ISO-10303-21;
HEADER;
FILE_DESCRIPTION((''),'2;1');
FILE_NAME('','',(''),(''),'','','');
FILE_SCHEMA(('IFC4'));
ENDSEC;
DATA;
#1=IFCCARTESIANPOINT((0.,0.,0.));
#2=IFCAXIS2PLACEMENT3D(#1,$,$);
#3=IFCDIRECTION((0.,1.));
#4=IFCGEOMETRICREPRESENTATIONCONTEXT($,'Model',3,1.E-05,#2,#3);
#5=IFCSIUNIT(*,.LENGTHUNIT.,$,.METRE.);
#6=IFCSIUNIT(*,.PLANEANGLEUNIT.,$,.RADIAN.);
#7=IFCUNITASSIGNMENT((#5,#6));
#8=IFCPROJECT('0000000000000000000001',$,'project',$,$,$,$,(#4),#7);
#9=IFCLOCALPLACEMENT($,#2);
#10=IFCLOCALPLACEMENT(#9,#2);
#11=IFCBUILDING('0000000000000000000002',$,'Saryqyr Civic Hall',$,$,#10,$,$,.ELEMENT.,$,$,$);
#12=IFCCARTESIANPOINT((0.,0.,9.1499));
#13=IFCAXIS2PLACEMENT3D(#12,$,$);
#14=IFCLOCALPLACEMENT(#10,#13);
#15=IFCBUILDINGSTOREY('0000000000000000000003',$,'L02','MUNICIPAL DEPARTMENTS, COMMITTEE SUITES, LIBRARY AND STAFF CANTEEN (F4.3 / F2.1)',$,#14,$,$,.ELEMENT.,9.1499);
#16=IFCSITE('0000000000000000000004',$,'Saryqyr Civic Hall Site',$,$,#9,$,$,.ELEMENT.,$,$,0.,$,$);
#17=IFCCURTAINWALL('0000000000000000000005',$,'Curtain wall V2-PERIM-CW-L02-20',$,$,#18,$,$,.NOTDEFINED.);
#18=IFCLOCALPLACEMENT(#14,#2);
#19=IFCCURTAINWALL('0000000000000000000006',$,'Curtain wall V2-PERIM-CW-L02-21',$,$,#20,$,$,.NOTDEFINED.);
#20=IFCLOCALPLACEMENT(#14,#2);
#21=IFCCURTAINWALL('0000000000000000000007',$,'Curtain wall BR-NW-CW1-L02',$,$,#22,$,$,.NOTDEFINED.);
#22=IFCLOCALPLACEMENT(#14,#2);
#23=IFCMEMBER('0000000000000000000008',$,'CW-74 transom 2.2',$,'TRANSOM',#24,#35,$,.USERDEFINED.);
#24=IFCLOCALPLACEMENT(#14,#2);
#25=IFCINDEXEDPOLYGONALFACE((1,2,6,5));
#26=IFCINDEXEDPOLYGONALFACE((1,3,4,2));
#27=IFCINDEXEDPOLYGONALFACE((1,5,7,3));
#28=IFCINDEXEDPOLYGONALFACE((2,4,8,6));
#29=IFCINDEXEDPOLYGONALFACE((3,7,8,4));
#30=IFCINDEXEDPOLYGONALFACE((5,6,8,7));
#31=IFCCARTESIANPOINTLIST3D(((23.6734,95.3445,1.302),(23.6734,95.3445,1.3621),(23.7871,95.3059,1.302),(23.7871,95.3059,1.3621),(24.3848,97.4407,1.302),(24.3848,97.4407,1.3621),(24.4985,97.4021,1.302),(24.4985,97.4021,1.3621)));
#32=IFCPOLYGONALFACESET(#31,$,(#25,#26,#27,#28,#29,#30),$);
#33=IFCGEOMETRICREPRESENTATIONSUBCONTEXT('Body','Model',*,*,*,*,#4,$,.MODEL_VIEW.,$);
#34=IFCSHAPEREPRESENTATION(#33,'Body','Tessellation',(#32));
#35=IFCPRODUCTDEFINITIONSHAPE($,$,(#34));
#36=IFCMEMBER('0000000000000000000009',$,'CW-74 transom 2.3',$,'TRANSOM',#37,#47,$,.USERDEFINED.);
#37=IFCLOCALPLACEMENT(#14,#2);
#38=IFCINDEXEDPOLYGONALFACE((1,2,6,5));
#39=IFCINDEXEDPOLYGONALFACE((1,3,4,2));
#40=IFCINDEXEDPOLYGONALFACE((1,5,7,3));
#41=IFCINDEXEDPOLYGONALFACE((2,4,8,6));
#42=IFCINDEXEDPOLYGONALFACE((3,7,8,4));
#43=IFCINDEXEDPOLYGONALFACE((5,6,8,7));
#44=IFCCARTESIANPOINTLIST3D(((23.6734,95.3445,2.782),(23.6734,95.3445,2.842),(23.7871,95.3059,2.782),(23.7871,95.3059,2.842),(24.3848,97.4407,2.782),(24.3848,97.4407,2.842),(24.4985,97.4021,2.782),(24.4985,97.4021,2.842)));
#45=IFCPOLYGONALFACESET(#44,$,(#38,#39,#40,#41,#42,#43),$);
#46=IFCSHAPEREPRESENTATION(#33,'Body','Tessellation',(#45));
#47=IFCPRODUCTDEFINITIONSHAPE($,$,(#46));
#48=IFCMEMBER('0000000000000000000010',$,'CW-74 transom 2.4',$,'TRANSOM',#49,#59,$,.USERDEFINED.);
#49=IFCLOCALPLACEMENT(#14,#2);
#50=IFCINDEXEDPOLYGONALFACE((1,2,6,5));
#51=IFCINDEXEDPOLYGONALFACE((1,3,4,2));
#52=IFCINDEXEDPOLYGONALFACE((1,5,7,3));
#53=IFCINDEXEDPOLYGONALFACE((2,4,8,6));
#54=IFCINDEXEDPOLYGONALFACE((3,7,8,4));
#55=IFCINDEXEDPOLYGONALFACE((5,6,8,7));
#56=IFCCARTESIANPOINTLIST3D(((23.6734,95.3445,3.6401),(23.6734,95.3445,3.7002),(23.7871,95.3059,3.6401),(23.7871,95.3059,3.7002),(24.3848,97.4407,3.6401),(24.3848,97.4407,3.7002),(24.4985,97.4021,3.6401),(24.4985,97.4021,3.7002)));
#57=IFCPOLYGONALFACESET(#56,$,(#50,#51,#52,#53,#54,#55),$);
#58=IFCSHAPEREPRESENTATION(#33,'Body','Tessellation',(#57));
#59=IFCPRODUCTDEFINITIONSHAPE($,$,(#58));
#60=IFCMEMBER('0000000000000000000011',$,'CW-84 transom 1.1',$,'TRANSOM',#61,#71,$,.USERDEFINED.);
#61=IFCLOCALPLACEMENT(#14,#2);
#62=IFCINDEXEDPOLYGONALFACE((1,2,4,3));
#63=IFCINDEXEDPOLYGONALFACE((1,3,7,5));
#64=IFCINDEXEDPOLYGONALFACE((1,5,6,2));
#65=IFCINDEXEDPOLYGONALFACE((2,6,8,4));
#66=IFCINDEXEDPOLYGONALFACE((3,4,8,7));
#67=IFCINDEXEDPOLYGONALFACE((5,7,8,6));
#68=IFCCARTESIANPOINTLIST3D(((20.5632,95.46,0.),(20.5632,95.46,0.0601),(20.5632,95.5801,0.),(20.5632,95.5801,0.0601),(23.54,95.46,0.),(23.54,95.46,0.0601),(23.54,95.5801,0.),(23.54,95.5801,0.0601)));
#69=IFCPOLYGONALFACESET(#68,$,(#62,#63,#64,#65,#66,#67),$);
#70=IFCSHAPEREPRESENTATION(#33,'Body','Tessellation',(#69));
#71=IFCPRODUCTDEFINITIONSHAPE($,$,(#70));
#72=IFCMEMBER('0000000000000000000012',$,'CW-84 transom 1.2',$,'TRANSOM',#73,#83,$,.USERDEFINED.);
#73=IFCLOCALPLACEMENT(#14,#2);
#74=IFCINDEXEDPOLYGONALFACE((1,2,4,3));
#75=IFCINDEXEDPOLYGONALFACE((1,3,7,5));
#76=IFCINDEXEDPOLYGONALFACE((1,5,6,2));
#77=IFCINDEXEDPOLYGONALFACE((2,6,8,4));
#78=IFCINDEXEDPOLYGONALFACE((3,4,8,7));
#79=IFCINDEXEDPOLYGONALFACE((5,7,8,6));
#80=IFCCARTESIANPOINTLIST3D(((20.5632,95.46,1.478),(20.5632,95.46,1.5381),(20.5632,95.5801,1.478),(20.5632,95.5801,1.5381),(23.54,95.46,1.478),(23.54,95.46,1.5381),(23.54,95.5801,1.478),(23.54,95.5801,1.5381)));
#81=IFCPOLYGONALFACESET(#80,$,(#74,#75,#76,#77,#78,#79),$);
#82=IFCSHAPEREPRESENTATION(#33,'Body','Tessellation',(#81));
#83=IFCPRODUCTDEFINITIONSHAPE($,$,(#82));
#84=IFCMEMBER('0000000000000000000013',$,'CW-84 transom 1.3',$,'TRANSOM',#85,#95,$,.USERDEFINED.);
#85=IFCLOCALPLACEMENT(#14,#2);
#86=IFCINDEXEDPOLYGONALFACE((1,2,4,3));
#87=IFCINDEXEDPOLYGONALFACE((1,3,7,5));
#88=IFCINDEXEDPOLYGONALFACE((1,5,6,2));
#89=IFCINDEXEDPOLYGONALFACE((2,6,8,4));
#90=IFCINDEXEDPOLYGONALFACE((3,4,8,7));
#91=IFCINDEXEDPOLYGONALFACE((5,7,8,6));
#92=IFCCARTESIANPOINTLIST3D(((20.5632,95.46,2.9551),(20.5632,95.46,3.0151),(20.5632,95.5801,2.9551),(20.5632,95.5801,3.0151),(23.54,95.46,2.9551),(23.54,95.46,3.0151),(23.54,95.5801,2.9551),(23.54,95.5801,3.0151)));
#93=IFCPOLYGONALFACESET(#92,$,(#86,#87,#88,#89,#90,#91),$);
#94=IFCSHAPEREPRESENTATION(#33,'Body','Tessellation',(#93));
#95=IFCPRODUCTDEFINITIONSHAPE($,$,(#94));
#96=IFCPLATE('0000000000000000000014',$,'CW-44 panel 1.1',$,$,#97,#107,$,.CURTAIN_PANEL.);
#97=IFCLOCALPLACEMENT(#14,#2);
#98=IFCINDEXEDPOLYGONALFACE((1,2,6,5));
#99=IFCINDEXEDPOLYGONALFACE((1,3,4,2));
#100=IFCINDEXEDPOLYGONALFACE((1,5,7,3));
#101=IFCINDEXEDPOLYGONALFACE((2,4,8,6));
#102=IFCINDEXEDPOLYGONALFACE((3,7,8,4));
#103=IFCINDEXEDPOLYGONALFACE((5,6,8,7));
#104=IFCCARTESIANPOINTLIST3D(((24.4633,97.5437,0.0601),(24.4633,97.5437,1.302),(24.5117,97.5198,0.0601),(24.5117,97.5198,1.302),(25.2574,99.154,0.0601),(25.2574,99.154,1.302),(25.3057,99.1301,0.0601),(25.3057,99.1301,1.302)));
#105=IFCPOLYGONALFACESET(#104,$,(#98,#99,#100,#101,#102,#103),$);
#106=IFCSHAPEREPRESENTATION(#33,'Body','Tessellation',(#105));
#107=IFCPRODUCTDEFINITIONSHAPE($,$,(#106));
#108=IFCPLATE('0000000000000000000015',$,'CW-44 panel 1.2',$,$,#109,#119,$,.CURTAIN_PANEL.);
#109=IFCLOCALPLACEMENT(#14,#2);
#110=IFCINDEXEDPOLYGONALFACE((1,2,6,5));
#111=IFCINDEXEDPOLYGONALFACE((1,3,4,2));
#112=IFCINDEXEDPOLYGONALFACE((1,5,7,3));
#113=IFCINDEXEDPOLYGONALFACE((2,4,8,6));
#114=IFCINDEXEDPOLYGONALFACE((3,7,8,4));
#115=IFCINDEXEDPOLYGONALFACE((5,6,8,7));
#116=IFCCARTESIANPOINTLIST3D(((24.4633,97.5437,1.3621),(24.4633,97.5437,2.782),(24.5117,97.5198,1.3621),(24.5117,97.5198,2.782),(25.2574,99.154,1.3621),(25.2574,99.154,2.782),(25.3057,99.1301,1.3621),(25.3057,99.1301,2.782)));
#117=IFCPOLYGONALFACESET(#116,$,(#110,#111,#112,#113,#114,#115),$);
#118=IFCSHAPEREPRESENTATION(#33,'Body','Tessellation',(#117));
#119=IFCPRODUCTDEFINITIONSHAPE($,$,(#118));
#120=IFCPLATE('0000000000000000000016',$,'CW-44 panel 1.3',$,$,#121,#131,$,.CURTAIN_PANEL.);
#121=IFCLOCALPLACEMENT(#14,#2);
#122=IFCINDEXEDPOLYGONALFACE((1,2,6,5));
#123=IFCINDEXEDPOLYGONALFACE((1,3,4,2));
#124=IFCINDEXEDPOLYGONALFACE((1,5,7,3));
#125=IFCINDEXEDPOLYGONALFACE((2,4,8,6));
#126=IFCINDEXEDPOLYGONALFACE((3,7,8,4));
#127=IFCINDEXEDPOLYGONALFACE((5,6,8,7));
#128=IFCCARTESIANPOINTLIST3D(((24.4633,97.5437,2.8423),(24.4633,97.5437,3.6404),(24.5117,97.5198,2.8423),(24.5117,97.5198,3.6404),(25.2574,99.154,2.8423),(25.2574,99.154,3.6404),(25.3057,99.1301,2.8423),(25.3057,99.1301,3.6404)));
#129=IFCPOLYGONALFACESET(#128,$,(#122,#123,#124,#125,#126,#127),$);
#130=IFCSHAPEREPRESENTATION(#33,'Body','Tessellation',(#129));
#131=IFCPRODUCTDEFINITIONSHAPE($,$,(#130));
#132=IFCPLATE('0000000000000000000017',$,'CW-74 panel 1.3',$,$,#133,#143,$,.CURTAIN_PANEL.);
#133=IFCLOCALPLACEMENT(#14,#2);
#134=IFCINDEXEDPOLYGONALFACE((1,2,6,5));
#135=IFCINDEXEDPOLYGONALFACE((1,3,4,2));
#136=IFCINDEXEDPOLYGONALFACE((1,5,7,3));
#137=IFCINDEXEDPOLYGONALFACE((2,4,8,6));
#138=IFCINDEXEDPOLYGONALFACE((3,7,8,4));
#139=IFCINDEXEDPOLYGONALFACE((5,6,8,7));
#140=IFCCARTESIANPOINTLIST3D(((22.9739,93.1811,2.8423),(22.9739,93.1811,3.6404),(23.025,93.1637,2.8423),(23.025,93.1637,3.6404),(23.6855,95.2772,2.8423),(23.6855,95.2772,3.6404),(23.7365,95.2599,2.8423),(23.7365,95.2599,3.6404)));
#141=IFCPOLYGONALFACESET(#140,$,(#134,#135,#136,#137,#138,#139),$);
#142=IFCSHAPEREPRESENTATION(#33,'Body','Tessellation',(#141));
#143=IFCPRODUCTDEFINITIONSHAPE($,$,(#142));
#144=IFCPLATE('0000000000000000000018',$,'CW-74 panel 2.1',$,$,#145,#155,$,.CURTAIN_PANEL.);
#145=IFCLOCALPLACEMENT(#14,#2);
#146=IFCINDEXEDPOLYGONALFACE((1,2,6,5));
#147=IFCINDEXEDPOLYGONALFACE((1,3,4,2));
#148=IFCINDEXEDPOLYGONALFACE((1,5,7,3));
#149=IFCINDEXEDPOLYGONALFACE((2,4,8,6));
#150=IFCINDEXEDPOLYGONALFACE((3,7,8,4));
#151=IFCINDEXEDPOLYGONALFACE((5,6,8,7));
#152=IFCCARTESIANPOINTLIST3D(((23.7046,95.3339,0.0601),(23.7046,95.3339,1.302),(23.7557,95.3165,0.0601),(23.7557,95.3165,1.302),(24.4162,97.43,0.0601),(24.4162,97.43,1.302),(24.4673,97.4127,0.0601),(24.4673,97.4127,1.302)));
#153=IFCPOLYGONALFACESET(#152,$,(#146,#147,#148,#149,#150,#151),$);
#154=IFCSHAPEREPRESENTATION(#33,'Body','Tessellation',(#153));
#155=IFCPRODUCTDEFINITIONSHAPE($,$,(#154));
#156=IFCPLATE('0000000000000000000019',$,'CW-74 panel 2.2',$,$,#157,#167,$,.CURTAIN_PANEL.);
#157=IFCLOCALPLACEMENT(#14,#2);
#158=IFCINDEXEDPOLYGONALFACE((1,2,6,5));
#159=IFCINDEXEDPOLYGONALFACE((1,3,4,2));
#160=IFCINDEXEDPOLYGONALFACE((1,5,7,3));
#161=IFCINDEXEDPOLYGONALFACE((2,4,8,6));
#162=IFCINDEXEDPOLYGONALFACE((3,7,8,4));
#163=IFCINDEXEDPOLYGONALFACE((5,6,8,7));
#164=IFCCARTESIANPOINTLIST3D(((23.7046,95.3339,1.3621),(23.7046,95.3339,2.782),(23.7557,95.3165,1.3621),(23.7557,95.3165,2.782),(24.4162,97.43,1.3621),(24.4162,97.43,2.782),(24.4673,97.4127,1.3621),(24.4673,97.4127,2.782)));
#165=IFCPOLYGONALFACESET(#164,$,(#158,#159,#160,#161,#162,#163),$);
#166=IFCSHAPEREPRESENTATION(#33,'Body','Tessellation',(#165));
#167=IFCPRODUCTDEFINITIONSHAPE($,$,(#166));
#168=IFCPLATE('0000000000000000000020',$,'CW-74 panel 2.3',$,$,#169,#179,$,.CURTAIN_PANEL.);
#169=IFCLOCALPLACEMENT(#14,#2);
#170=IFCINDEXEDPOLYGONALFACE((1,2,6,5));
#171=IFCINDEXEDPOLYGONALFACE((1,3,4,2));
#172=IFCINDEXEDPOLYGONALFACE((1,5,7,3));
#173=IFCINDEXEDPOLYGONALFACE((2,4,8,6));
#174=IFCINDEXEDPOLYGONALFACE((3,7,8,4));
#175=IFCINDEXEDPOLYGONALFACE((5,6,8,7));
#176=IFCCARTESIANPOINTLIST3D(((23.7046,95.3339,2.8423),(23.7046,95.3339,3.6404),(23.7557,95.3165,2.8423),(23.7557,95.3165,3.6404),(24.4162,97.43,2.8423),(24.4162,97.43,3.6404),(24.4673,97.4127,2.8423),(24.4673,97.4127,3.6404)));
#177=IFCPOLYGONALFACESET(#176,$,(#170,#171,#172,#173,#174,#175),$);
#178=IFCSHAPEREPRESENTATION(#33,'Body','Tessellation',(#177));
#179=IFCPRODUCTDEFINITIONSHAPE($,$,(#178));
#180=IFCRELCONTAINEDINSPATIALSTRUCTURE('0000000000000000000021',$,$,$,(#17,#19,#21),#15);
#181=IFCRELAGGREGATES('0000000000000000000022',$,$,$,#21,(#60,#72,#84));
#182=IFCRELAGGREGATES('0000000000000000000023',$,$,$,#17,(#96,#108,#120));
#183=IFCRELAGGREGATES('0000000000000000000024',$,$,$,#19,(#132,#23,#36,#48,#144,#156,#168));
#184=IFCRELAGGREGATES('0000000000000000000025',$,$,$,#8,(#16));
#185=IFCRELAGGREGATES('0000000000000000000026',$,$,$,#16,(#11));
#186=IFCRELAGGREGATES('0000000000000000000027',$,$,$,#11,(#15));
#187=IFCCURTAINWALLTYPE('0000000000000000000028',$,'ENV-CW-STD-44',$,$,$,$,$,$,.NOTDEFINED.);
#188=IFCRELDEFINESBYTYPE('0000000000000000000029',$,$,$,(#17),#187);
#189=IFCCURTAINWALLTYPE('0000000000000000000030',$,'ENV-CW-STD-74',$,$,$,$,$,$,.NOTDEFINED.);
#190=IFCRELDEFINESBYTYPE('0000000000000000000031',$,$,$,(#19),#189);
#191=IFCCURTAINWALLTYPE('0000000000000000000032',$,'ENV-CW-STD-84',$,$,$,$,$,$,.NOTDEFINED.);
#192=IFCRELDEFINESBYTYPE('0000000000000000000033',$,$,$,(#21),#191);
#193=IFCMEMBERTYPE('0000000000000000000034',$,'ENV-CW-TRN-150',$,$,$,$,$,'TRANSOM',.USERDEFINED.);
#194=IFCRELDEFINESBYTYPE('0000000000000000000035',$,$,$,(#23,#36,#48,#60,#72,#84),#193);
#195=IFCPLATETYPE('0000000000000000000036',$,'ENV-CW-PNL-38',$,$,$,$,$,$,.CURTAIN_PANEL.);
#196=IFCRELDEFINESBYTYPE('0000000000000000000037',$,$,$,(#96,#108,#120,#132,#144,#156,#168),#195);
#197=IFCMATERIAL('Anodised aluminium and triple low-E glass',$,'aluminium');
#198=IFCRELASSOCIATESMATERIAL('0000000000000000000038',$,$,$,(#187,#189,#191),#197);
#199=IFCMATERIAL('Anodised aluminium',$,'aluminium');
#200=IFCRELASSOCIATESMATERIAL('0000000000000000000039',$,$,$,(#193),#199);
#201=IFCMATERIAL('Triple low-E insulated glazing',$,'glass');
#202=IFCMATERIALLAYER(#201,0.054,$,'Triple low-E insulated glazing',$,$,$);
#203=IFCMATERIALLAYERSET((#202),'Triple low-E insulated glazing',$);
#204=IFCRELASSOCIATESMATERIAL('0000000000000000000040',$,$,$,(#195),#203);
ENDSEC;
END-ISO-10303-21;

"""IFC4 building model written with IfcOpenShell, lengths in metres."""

from ifc_helpers import new_model, si_unit, direction, frame, origin, origin_2d, place, context, subcontext, project, spatial, rectangle, extrude, material, layer, layer_set, material_profile, profile_set, type_object, element, aggregate, save


model = new_model("IFC4")

# Units and contexts
model_context = context("Model", 3, precision=1e-05, world=origin(), true_north=direction((0.0, 1.0)))
body_context = subcontext(model_context, "Body", "Model", "MODEL_VIEW")
ifc_project = project(units=[si_unit("LENGTHUNIT", "METRE"), si_unit("PLANEANGLEUNIT", "RADIAN")], contexts=[model_context])

# Site, building, storey
site_placement = place(None, origin())
site = spatial("IfcSite", under=ifc_project, at=site_placement, Name="Saryqyr Civic Hall Site", CompositionType="ELEMENT", RefElevation=0.0)
building_placement = place(site_placement, origin())
building = spatial("IfcBuilding", under=site, at=building_placement, Name="Saryqyr Civic Hall", CompositionType="ELEMENT")
storey_placement = place(building_placement, frame((0.0, 0.0, 9.1499)))
storey = spatial("IfcBuildingStorey", under=building, at=storey_placement, Name="L02", Description="MUNICIPAL DEPARTMENTS, COMMITTEE SUITES, LIBRARY AND STAFF CANTEEN (F4.3 / F2.1)", CompositionType="ELEMENT", Elevation=9.1499)

# Curtain walls
ifc_material_1 = material(Name="Anodised aluminium and triple low-E glass", Category="aluminium")
curtain_wall_type_1 = type_object("IfcCurtainWallType", Name="ENV-CW-STD-44", PredefinedType="NOTDEFINED", material=ifc_material_1)
curtain_wall_1_placement = place(storey_placement, origin())
curtain_wall_1 = element("IfcCurtainWall", 1, at=curtain_wall_1_placement, inside=storey, type_object=curtain_wall_type_1, Name="Curtain wall V2-PERIM-CW-L02-20", PredefinedType="NOTDEFINED")
ifc_material_2 = material(Name="Anodised aluminium", Category="aluminium")
curtain_wall_type_2 = type_object("IfcCurtainWallType", Name="ENV-CW-STD-74", PredefinedType="NOTDEFINED", material=ifc_material_1)
curtain_wall_2_placement = place(storey_placement, origin())
curtain_wall_2 = element("IfcCurtainWall", 2, at=curtain_wall_2_placement, inside=storey, type_object=curtain_wall_type_2, Name="Curtain wall V2-PERIM-CW-L02-21", PredefinedType="NOTDEFINED")

# Curtain wall
curtain_wall_type_3 = type_object("IfcCurtainWallType", Name="ENV-CW-STD-84", PredefinedType="NOTDEFINED", material=ifc_material_1)
curtain_wall_3_placement = place(storey_placement, origin())
curtain_wall_3 = element("IfcCurtainWall", 3, at=curtain_wall_3_placement, inside=storey, type_object=curtain_wall_type_3, Name="Curtain wall BR-NW-CW1-L02", PredefinedType="NOTDEFINED")

# Members
ifc_material_profile_1 = material_profile(ifc_material_2, rectangle(XDim=0.1201, YDim=0.0601, at=origin_2d()), Name="ALU TRANSOM 120x60")
ifc_profile_set_1 = profile_set([ifc_material_profile_1], Name="Anodised aluminium")
member_type_1 = type_object("IfcMemberType", Name="ENV-CW-TRN-150", ElementType="TRANSOM", PredefinedType="USERDEFINED", material=ifc_profile_set_1)
member_1_placement = place(storey_placement, frame((23.7302, 95.3252, 1.332), z_axis=(0.321385, 0.946949, 0.0), x_axis=(-0.946949, 0.321385, 0.0)))
member_1 = element("IfcMember", 4, at=member_1_placement, type_object=member_type_1, Name="CW-74 transom 2.2", ObjectType="TRANSOM", PredefinedType="USERDEFINED", context=body_context, shape_type="SweptSolid", body=[
    extrude(rectangle(XDim=0.1201, YDim=0.0601, at=origin_2d()), origin(), (0.0, 0.0, 1.0), 2.2136),
])
member_2_placement = place(storey_placement, frame((23.7302, 95.3252, 2.812), z_axis=(0.321385, 0.946949, 0.0), x_axis=(-0.946949, 0.321385, 0.0)))
member_2 = element("IfcMember", 5, at=member_2_placement, type_object=member_type_1, Name="CW-74 transom 2.3", ObjectType="TRANSOM", PredefinedType="USERDEFINED", context=body_context, shape_type="SweptSolid", body=[
    extrude(rectangle(XDim=0.1201, YDim=0.0601, at=origin_2d()), origin(), (0.0, 0.0, 1.0), 2.2136),
])
member_3_placement = place(storey_placement, frame((23.7302, 95.3252, 3.6702), z_axis=(0.321385, 0.946949, 0.0), x_axis=(-0.946949, 0.321385, 0.0)))
member_3 = element("IfcMember", 6, at=member_3_placement, type_object=member_type_1, Name="CW-74 transom 2.4", ObjectType="TRANSOM", PredefinedType="USERDEFINED", context=body_context, shape_type="SweptSolid", body=[
    extrude(rectangle(XDim=0.1201, YDim=0.0601, at=origin_2d()), origin(), (0.0, 0.0, 1.0), 2.2136),
])
member_4_placement = place(storey_placement, frame((23.54, 95.52, 0.03), z_axis=(-1.0, 0.0, 0.0), x_axis=(0.0, -1.0, 0.0)))
member_4 = element("IfcMember", 7, at=member_4_placement, type_object=member_type_1, Name="CW-84 transom 1.1", ObjectType="TRANSOM", PredefinedType="USERDEFINED", context=body_context, shape_type="SweptSolid", body=[
    extrude(rectangle(XDim=0.1201, YDim=0.0601, at=origin_2d()), origin(), (0.0, 0.0, 1.0), 2.9768),
])
member_5_placement = place(storey_placement, frame((23.54, 95.52, 1.5081), z_axis=(-1.0, 0.0, 0.0), x_axis=(0.0, -1.0, 0.0)))
member_5 = element("IfcMember", 8, at=member_5_placement, type_object=member_type_1, Name="CW-84 transom 1.2", ObjectType="TRANSOM", PredefinedType="USERDEFINED", context=body_context, shape_type="SweptSolid", body=[
    extrude(rectangle(XDim=0.1201, YDim=0.0601, at=origin_2d()), origin(), (0.0, 0.0, 1.0), 2.9768),
])
member_6_placement = place(storey_placement, frame((23.54, 95.52, 2.9851), z_axis=(-1.0, 0.0, 0.0), x_axis=(0.0, -1.0, 0.0)))
member_6 = element("IfcMember", 9, at=member_6_placement, type_object=member_type_1, Name="CW-84 transom 1.3", ObjectType="TRANSOM", PredefinedType="USERDEFINED", context=body_context, shape_type="SweptSolid", body=[
    extrude(rectangle(XDim=0.1201, YDim=0.0601, at=origin_2d()), origin(), (0.0, 0.0, 1.0), 2.9768),
])
aggregate(curtain_wall_3, [member_4, member_5, member_6])

# Plates
ifc_material_3 = material(Name="Triple low-E insulated glazing", Category="glass")
ifc_layer_1 = layer(ifc_material_3, 0.054, Name="Triple low-E insulated glazing")
ifc_layer_set_1 = layer_set([ifc_layer_1], Name="Triple low-E insulated glazing")
plate_type = type_object("IfcPlateType", Name="ENV-CW-PNL-38", PredefinedType="CURTAIN_PANEL", material=ifc_layer_set_1)
plate_1_placement = place(storey_placement, frame((24.8845, 98.3369, 0.0601), z_axis=(0.0, 0.0, 1.0), x_axis=(0.442274, 0.89688, 0.0)))
plate_1 = element("IfcPlate", 10, at=plate_1_placement, type_object=plate_type, Name="CW-44 panel 1.1", PredefinedType="CURTAIN_PANEL", context=body_context, shape_type="SweptSolid", body=[
    extrude(rectangle(XDim=1.7954, YDim=0.054, at=origin_2d()), origin(), (0.0, 0.0, 1.0), 1.2419),
])
plate_2_placement = place(storey_placement, frame((24.8845, 98.3369, 1.3621), z_axis=(0.0, 0.0, 1.0), x_axis=(0.442274, 0.89688, 0.0)))
plate_2 = element("IfcPlate", 11, at=plate_2_placement, type_object=plate_type, Name="CW-44 panel 1.2", PredefinedType="CURTAIN_PANEL", context=body_context, shape_type="SweptSolid", body=[
    extrude(rectangle(XDim=1.7954, YDim=0.054, at=origin_2d()), origin(), (0.0, 0.0, 1.0), 1.4199),
])
plate_3_placement = place(storey_placement, frame((24.8845, 98.3369, 2.8423), z_axis=(0.0, 0.0, 1.0), x_axis=(0.442274, 0.89688, 0.0)))
plate_3 = element("IfcPlate", 12, at=plate_3_placement, type_object=plate_type, Name="CW-44 panel 1.3", PredefinedType="CURTAIN_PANEL", context=body_context, shape_type="SweptSolid", body=[
    extrude(rectangle(XDim=1.7954, YDim=0.054, at=origin_2d()), origin(), (0.0, 0.0, 1.0), 0.7981),
])
aggregate(curtain_wall_1, [plate_1, plate_2, plate_3])
plate_4_placement = place(storey_placement, frame((23.3552, 94.2205, 2.8423), z_axis=(0.0, 0.0, 1.0), x_axis=(0.321445, 0.946928, 0.0)))
plate_4 = element("IfcPlate", 13, at=plate_4_placement, type_object=plate_type, Name="CW-74 panel 1.3", PredefinedType="CURTAIN_PANEL", context=body_context, shape_type="SweptSolid", body=[
    extrude(rectangle(XDim=2.2136, YDim=0.054, at=origin_2d()), origin(), (0.0, 0.0, 1.0), 0.7981),
])
plate_5_placement = place(storey_placement, frame((24.0859, 96.3733, 0.0601), z_axis=(0.0, 0.0, 1.0), x_axis=(0.321445, 0.946928, 0.0)))
plate_5 = element("IfcPlate", 14, at=plate_5_placement, type_object=plate_type, Name="CW-74 panel 2.1", PredefinedType="CURTAIN_PANEL", context=body_context, shape_type="SweptSolid", body=[
    extrude(rectangle(XDim=2.2136, YDim=0.054, at=origin_2d()), origin(), (0.0, 0.0, 1.0), 1.2419),
])
plate_6_placement = place(storey_placement, frame((24.0859, 96.3733, 1.3621), z_axis=(0.0, 0.0, 1.0), x_axis=(0.321445, 0.946928, 0.0)))
plate_6 = element("IfcPlate", 15, at=plate_6_placement, type_object=plate_type, Name="CW-74 panel 2.2", PredefinedType="CURTAIN_PANEL", context=body_context, shape_type="SweptSolid", body=[
    extrude(rectangle(XDim=2.2136, YDim=0.054, at=origin_2d()), origin(), (0.0, 0.0, 1.0), 1.4199),
])
plate_7_placement = place(storey_placement, frame((24.0859, 96.3733, 2.8423), z_axis=(0.0, 0.0, 1.0), x_axis=(0.321445, 0.946928, 0.0)))
plate_7 = element("IfcPlate", 16, at=plate_7_placement, type_object=plate_type, Name="CW-74 panel 2.3", PredefinedType="CURTAIN_PANEL", context=body_context, shape_type="SweptSolid", body=[
    extrude(rectangle(XDim=2.2136, YDim=0.054, at=origin_2d()), origin(), (0.0, 0.0, 1.0), 0.7981),
])
aggregate(curtain_wall_2, [plate_4, member_1, member_2, member_3, plate_5, plate_6, plate_7])

save(model, "model.ifc")
